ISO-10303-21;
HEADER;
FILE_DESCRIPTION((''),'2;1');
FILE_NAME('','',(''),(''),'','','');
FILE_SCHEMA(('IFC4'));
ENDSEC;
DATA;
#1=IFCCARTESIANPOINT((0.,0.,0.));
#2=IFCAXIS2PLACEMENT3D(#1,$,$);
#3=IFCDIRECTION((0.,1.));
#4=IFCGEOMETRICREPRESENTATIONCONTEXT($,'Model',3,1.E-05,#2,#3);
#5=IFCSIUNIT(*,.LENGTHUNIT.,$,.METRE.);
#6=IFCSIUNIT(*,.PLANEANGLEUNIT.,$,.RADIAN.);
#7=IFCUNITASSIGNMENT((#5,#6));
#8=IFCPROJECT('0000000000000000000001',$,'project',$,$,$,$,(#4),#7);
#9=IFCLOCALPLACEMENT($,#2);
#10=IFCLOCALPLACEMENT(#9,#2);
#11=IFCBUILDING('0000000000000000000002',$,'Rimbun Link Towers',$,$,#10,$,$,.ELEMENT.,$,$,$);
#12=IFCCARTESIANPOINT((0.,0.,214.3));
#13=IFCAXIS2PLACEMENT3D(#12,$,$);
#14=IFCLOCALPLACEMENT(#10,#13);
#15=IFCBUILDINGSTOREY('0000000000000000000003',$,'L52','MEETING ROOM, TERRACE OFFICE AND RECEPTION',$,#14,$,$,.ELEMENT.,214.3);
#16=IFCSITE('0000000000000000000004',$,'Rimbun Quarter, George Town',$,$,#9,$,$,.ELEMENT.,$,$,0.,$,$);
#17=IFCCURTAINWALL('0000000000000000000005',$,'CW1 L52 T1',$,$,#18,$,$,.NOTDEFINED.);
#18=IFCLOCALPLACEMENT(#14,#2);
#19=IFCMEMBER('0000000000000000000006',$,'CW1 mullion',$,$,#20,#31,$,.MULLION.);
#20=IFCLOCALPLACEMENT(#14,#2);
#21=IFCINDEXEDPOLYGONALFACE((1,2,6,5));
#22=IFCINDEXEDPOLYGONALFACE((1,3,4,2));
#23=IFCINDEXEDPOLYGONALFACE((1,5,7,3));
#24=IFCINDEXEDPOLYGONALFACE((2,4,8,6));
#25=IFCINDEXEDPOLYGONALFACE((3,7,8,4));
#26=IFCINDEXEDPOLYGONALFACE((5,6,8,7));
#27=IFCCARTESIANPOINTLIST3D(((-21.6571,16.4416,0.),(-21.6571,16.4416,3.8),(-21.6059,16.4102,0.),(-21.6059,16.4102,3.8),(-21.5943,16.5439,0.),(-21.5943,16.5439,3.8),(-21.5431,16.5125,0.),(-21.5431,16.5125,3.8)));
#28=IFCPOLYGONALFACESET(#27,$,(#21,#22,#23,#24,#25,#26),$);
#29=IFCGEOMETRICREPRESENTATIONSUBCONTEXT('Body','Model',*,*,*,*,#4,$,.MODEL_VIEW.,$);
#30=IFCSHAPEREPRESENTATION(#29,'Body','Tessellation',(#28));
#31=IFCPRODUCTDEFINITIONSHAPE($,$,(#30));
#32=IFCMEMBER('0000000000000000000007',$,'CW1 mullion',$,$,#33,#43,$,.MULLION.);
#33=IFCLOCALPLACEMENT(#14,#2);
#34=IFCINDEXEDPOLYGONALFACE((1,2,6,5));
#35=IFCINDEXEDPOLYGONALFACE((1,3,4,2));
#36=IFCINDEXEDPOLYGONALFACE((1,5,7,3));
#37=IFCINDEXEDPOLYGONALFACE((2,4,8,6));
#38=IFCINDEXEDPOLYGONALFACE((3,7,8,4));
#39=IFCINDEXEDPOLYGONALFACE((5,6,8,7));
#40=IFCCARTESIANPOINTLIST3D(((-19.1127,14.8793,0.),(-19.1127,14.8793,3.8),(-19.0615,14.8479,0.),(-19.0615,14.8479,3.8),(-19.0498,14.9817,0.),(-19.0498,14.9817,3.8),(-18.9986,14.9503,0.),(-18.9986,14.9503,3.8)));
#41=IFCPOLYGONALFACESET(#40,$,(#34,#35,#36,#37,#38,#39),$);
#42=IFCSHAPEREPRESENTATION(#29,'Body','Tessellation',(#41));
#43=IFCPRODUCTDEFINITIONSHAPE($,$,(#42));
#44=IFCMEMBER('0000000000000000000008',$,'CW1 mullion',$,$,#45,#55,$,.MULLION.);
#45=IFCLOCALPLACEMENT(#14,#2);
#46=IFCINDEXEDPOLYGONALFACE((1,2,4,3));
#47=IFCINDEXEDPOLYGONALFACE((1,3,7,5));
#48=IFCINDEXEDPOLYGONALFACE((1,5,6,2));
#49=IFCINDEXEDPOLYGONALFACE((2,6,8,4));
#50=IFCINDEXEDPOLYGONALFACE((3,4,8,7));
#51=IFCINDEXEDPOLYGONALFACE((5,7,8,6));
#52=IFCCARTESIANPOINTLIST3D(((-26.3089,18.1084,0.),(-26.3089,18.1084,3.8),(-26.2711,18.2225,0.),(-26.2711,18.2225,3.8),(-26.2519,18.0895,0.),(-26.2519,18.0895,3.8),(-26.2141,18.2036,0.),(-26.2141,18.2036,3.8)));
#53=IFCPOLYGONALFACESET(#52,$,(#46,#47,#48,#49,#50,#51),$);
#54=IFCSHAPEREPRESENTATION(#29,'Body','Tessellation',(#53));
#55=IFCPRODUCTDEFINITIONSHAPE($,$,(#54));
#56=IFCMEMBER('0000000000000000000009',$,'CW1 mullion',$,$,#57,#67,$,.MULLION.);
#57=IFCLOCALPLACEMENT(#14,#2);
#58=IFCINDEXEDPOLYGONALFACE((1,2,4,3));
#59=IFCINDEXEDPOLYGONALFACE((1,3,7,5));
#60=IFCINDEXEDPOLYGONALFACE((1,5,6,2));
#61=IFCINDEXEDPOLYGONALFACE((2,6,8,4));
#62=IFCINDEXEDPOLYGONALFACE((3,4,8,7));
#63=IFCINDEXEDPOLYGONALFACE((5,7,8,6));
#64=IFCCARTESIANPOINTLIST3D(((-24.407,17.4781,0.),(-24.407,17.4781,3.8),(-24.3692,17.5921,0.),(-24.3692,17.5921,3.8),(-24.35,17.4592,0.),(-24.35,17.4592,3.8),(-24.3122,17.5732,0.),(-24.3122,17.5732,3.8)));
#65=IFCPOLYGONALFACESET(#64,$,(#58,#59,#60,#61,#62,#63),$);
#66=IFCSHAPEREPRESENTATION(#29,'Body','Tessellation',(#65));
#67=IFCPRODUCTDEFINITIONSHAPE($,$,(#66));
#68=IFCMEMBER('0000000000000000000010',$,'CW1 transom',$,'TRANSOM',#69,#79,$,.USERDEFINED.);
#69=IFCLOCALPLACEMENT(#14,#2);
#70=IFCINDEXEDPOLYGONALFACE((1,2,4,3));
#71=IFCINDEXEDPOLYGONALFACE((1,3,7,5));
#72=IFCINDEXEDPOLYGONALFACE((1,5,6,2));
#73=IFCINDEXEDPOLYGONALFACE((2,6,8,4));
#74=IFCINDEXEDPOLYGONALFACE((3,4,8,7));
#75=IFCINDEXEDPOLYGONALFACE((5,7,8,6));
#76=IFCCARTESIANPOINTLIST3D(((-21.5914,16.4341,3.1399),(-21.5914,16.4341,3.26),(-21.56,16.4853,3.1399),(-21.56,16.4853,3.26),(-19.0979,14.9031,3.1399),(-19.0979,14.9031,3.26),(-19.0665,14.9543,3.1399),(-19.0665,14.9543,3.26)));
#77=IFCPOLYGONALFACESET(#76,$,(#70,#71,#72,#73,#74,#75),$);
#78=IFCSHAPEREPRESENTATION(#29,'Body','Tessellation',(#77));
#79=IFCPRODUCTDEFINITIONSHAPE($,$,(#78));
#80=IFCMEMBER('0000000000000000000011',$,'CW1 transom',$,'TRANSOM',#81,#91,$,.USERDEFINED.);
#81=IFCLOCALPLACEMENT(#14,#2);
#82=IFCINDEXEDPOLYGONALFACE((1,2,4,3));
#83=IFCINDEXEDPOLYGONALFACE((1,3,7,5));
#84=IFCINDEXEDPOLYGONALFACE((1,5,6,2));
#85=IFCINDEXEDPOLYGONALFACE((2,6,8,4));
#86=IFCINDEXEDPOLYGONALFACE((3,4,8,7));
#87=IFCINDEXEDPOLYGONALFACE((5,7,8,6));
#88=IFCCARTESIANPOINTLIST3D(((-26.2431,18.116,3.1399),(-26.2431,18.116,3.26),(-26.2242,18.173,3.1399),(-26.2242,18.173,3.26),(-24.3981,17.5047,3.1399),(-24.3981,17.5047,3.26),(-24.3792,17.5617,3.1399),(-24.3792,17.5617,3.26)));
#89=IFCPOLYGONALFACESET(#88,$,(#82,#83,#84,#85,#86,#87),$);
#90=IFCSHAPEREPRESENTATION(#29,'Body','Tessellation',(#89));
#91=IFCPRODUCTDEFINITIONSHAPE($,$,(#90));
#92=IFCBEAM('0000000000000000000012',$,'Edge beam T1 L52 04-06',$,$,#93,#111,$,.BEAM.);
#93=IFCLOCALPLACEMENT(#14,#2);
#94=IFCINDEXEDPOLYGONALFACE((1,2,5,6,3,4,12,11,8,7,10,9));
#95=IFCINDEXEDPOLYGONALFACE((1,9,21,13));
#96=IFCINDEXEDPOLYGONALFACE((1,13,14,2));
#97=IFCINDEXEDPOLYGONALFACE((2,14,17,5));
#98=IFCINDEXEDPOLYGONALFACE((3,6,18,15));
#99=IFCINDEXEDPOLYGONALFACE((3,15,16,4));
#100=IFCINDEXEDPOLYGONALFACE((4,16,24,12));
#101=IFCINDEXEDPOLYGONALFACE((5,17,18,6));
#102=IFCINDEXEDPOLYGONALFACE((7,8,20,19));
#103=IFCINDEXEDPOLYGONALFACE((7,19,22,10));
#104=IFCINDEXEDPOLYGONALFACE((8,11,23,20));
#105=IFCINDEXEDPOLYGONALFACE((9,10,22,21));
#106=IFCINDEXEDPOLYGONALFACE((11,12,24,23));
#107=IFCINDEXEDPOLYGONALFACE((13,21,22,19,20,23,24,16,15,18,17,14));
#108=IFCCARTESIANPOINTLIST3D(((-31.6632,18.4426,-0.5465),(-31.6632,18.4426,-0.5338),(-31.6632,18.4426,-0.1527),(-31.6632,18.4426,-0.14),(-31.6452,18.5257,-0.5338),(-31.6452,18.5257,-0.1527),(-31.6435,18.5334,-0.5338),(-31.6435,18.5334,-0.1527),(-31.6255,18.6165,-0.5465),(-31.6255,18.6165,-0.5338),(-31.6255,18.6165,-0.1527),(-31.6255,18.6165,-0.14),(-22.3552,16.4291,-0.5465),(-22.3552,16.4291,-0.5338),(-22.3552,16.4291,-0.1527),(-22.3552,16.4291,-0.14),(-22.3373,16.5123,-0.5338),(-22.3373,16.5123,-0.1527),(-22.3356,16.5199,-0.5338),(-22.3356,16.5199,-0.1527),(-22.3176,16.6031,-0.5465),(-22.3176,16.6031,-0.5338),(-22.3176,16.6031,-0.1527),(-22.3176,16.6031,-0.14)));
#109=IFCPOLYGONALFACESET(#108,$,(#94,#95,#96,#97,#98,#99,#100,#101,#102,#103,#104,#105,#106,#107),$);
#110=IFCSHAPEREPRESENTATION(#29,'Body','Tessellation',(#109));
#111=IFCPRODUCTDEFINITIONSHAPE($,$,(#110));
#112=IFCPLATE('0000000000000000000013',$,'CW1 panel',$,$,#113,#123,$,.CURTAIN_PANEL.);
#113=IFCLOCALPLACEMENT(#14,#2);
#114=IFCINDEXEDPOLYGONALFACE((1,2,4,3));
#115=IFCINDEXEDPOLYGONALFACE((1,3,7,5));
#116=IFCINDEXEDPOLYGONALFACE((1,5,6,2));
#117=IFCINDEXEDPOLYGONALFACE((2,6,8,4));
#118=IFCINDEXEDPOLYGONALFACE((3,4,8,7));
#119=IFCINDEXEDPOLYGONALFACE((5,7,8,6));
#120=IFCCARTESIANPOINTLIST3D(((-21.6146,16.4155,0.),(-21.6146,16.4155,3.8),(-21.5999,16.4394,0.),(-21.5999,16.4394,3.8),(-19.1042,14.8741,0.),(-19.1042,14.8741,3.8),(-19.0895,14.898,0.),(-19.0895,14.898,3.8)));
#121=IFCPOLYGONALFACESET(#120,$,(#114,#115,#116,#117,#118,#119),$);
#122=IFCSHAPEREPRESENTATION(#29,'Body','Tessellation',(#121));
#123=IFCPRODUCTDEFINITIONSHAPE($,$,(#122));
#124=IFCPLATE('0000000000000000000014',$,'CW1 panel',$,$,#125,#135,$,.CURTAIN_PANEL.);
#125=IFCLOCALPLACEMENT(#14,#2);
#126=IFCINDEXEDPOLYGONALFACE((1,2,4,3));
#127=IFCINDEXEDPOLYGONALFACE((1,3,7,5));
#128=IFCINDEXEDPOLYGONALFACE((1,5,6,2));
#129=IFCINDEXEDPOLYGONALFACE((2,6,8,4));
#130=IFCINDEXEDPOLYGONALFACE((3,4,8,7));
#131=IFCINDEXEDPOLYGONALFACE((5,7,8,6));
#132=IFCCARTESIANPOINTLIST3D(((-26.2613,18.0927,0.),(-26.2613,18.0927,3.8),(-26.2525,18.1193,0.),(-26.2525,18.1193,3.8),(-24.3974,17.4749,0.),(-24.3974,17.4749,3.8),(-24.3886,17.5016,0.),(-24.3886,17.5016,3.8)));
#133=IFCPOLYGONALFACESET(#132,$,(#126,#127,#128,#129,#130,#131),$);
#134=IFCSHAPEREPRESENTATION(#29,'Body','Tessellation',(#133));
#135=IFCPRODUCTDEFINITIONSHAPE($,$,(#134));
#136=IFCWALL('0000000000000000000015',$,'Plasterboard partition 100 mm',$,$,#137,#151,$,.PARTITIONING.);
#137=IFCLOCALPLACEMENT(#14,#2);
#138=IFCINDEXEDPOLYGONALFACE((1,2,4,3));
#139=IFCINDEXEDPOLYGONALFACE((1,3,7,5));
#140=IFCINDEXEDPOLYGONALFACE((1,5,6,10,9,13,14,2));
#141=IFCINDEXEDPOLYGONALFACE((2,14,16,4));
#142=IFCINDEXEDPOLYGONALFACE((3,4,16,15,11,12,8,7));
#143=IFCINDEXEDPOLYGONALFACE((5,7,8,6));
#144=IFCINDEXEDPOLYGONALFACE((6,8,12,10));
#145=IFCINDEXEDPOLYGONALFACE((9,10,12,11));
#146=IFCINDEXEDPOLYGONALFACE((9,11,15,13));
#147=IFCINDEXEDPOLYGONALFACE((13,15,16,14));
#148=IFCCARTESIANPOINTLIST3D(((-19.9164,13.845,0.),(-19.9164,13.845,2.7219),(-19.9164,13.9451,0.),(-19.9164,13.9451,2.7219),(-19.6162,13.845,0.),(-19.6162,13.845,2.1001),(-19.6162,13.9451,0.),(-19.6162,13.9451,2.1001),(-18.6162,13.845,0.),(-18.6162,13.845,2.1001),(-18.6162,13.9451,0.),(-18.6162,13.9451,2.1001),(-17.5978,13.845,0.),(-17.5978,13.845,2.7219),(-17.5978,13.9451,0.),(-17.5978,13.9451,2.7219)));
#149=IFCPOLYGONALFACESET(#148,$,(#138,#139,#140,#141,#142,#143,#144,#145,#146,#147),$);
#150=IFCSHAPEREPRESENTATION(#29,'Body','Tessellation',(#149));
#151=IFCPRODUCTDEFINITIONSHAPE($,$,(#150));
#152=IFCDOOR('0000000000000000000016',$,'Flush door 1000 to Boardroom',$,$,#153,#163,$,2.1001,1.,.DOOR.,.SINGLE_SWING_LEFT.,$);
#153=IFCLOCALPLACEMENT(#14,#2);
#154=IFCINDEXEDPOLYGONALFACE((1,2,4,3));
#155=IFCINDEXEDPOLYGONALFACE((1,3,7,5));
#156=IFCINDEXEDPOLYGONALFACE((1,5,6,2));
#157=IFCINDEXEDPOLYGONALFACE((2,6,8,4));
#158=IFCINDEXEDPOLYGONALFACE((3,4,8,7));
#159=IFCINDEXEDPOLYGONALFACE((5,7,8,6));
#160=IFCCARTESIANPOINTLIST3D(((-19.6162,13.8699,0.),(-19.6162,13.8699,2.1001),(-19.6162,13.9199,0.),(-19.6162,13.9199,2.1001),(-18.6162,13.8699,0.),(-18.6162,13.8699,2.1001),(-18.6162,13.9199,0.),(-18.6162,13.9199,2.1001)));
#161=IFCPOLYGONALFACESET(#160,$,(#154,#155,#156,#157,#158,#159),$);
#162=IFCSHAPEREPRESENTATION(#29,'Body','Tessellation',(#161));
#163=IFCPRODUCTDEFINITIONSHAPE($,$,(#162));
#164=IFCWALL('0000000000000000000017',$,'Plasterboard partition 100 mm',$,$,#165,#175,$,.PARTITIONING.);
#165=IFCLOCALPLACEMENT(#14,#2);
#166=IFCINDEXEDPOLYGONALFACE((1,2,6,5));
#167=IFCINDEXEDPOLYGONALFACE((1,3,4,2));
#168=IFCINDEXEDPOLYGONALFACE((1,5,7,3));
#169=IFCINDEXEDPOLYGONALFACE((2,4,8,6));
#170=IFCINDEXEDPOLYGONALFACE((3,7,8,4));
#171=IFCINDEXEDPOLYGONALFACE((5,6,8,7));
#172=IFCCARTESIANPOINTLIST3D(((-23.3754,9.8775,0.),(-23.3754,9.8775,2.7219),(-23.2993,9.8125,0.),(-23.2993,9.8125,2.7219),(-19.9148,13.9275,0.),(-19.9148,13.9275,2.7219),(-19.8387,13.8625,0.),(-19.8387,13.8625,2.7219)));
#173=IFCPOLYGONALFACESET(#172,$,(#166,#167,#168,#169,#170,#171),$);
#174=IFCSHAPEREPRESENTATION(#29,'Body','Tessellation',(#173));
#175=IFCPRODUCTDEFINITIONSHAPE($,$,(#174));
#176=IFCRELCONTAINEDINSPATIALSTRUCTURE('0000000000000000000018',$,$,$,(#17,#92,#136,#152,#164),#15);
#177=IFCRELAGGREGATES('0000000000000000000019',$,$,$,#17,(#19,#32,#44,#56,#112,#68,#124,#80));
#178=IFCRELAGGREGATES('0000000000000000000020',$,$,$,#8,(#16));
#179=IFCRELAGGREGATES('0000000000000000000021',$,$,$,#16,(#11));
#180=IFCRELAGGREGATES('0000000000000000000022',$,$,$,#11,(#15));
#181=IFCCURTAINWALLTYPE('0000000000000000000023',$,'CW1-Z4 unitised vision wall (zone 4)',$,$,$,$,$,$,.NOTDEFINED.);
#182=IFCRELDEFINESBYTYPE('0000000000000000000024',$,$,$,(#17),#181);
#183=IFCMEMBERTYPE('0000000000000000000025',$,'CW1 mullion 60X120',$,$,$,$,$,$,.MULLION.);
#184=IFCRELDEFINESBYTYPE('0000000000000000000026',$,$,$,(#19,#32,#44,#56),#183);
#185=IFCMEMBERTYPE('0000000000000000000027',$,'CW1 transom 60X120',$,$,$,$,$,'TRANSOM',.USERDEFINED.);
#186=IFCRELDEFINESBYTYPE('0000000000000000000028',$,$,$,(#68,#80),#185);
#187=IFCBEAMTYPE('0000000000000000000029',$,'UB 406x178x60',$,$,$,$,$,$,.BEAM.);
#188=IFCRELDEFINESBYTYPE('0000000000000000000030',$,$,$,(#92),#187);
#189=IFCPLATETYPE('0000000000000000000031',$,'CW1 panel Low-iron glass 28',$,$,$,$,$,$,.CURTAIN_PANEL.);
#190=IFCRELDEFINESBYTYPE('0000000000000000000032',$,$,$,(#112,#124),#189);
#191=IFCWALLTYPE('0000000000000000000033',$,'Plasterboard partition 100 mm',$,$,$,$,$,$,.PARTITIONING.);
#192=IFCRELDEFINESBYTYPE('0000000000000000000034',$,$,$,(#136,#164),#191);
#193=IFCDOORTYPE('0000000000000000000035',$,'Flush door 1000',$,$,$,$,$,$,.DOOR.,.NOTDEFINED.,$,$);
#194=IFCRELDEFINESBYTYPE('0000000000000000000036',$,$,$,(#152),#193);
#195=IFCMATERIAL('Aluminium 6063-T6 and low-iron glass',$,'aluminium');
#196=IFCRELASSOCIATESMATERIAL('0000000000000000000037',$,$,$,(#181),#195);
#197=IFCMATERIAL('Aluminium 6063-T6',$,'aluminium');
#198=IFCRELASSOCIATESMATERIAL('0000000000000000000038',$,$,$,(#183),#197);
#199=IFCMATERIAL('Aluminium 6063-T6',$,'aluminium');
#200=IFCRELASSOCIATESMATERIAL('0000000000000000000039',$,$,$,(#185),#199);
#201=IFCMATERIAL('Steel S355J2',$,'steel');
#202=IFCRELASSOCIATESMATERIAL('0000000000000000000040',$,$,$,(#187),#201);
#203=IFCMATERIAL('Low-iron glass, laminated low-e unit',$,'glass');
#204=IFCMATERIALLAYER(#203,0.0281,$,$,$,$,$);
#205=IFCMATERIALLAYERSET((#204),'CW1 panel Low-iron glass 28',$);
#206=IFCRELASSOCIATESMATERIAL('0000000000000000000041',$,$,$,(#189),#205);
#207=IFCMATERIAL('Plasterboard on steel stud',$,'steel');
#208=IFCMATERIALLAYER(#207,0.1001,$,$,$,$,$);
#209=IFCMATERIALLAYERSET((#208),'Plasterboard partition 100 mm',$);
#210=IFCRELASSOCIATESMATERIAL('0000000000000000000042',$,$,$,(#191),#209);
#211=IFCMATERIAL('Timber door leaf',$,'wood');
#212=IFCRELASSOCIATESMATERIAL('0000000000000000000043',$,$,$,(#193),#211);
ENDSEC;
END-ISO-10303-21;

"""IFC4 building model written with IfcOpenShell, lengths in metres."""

from ifc_helpers import new_model, si_unit, direction, frame, frame_2d, origin, origin_2d, place, context, subcontext, project, spatial, rectangle, i_section, extrude, material, layer, layer_set, material_profile, profile_set, type_object, element, fill, aggregate, save


model = new_model("IFC4")

# Units and contexts
model_context = context("Model", 3, precision=1e-05, world=origin(), true_north=direction((0.0, 1.0)))
body_context = subcontext(model_context, "Body", "Model", "MODEL_VIEW")
ifc_project = project(units=[si_unit("LENGTHUNIT", "METRE"), si_unit("PLANEANGLEUNIT", "RADIAN")], contexts=[model_context])

# Site, building, storey
site_placement = place(None, origin())
site = spatial("IfcSite", under=ifc_project, at=site_placement, Name="Rimbun Quarter, George Town", CompositionType="ELEMENT", RefElevation=0.0)
building_placement = place(site_placement, origin())
building = spatial("IfcBuilding", under=site, at=building_placement, Name="Rimbun Link Towers", CompositionType="ELEMENT")
storey_placement = place(building_placement, frame((0.0, 0.0, 214.3)))
storey = spatial("IfcBuildingStorey", under=building, at=storey_placement, Name="L52", Description="MEETING ROOM, TERRACE OFFICE AND RECEPTION", CompositionType="ELEMENT", Elevation=214.3)

# Curtain wall, members
ifc_material_1 = material(Name="Aluminium 6063-T6 and low-iron glass", Category="aluminium")
curtain_wall_type = type_object("IfcCurtainWallType", Name="CW1-Z4 unitised vision wall (zone 4)", PredefinedType="NOTDEFINED", material=ifc_material_1)
curtain_wall_placement = place(storey_placement, origin())
curtain_wall = element("IfcCurtainWall", 1, at=curtain_wall_placement, inside=storey, type_object=curtain_wall_type, Name="CW1 L52 T1", PredefinedType="NOTDEFINED")
ifc_material_2 = material(Name="Aluminium 6063-T6", Category="aluminium")
ifc_material_profile_1 = material_profile(ifc_material_2, rectangle(XDim=0.1201, YDim=0.0601, at=origin_2d()), Name="MULLION 60X120")
ifc_profile_set_1 = profile_set([ifc_material_profile_1], Name="Aluminium 6063-T6")
member_type_1 = type_object("IfcMemberType", Name="CW1 mullion 60X120", PredefinedType="MULLION", material=ifc_profile_set_1)
member_1_placement = place(storey_placement, frame((-21.6001, 16.4771, 0.0), z_axis=(0.0, 0.0, 1.0), x_axis=(0.523242, 0.852184, 0.0)))
member_1 = element("IfcMember", 2, at=member_1_placement, type_object=member_type_1, Name="CW1 mullion", PredefinedType="MULLION", context=body_context, shape_type="SweptSolid", body=[
    extrude(rectangle(XDim=0.1201, YDim=0.0601, at=origin_2d()), origin(), (0.0, 0.0, 1.0), 3.8),
])
member_2_placement = place(storey_placement, frame((-19.0557, 14.9148, 0.0), z_axis=(0.0, 0.0, 1.0), x_axis=(0.523242, 0.852184, 0.0)))
member_2 = element("IfcMember", 3, at=member_2_placement, type_object=member_type_1, Name="CW1 mullion", PredefinedType="MULLION", context=body_context, shape_type="SweptSolid", body=[
    extrude(rectangle(XDim=0.1201, YDim=0.0601, at=origin_2d()), origin(), (0.0, 0.0, 1.0), 3.8),
])
member_3_placement = place(storey_placement, frame((-26.2615, 18.156, 0.0), z_axis=(0.0, 0.0, 1.0), x_axis=(0.314578, 0.949231, 0.0)))
member_3 = element("IfcMember", 4, at=member_3_placement, type_object=member_type_1, Name="CW1 mullion", PredefinedType="MULLION", context=body_context, shape_type="SweptSolid", body=[
    extrude(rectangle(XDim=0.1201, YDim=0.0601, at=origin_2d()), origin(), (0.0, 0.0, 1.0), 3.8),
])
member_4_placement = place(storey_placement, frame((-24.3596, 17.5256, 0.0), z_axis=(0.0, 0.0, 1.0), x_axis=(0.314578, 0.949231, 0.0)))
member_4 = element("IfcMember", 5, at=member_4_placement, type_object=member_type_1, Name="CW1 mullion", PredefinedType="MULLION", context=body_context, shape_type="SweptSolid", body=[
    extrude(rectangle(XDim=0.1201, YDim=0.0601, at=origin_2d()), origin(), (0.0, 0.0, 1.0), 3.8),
])
ifc_material_3 = material(Name="Aluminium 6063-T6", Category="aluminium")
ifc_material_profile_2 = material_profile(ifc_material_3, rectangle(XDim=0.0601, YDim=0.1201, at=origin_2d()), Name="TRANSOM 60X120")
ifc_profile_set_2 = profile_set([ifc_material_profile_2], Name="Aluminium 6063-T6")
member_type_2 = type_object("IfcMemberType", Name="CW1 transom 60X120", ElementType="TRANSOM", PredefinedType="USERDEFINED", material=ifc_profile_set_2)
member_5_placement = place(storey_placement, frame((-21.5757, 16.4597, 3.2), z_axis=(0.852176, -0.523255, 0.0), x_axis=(0.523255, 0.852176, 0.0)))
member_5 = element("IfcMember", 6, at=member_5_placement, type_object=member_type_2, Name="CW1 transom", ObjectType="TRANSOM", PredefinedType="USERDEFINED", context=body_context, shape_type="SweptSolid", body=[
    extrude(rectangle(XDim=0.0601, YDim=0.1201, at=origin_2d()), origin(), (0.0, 0.0, 1.0), 2.926),
])
member_6_placement = place(storey_placement, frame((-26.2336, 18.1445, 3.2), z_axis=(0.949247, -0.314532, 0.0), x_axis=(0.314532, 0.949247, 0.0)))
member_6 = element("IfcMember", 7, at=member_6_placement, type_object=member_type_2, Name="CW1 transom", ObjectType="TRANSOM", PredefinedType="USERDEFINED", context=body_context, shape_type="SweptSolid", body=[
    extrude(rectangle(XDim=0.0601, YDim=0.1201, at=origin_2d()), origin(), (0.0, 0.0, 1.0), 1.9436),
])

# Beam
ifc_material_4 = material(Name="Steel S355J2", Category="steel")
ifc_material_profile_3 = material_profile(ifc_material_4, i_section(OverallWidth=0.178, OverallDepth=0.4065, WebThickness=0.0078, FlangeThickness=0.0127, at=origin_2d()), Name="UB 406x178x60")
ifc_profile_set_3 = profile_set([ifc_material_profile_3], Name="Steel S355J2")
beam_type = type_object("IfcBeamType", Name="UB 406x178x60", PredefinedType="BEAM", material=ifc_profile_set_3)
beam_placement = place(storey_placement, frame((-22.3364, 16.5161, -0.3433), z_axis=(-0.977394, 0.211425, 0.0), x_axis=(-0.211425, -0.977394, 0.0)))
element("IfcBeam", 8, at=beam_placement, inside=storey, type_object=beam_type, Name="Edge beam T1 L52 04-06", PredefinedType="BEAM", context=body_context, shape_type="SweptSolid", body=[
    extrude(i_section(OverallWidth=0.178, OverallDepth=0.4065, WebThickness=0.0078, FlangeThickness=0.0127, at=origin_2d()), origin(), (0.0, 0.0, 1.0), 9.5232),
])

# Plates
ifc_material_5 = material(Name="Low-iron glass, laminated low-e unit", Category="glass")
ifc_layer_1 = layer(ifc_material_5, 0.0281)
ifc_layer_set_1 = layer_set([ifc_layer_1], Name="CW1 panel Low-iron glass 28")
plate_type = type_object("IfcPlateType", Name="CW1 panel Low-iron glass 28", PredefinedType="CURTAIN_PANEL", material=ifc_layer_set_1)
plate_1_placement = place(storey_placement, frame((-20.3521, 15.6567, 0.0), z_axis=(0.0, 0.0, 1.0), x_axis=(0.852184, -0.523242, 0.0)))
plate_1 = element("IfcPlate", 9, at=plate_1_placement, type_object=plate_type, Name="CW1 panel", PredefinedType="CURTAIN_PANEL", context=body_context, shape_type="SweptSolid", body=[
    extrude(rectangle(XDim=2.9458, YDim=0.0281, at=origin_2d()), origin(), (0.0, 0.0, 1.0), 3.8),
])
plate_2_placement = place(storey_placement, frame((-25.325, 17.7971, 0.0), z_axis=(0.0, 0.0, 1.0), x_axis=(0.949231, -0.314578, 0.0)))
plate_2 = element("IfcPlate", 10, at=plate_2_placement, type_object=plate_type, Name="CW1 panel", PredefinedType="CURTAIN_PANEL", context=body_context, shape_type="SweptSolid", body=[
    extrude(rectangle(XDim=1.9636, YDim=0.0281, at=origin_2d()), origin(), (0.0, 0.0, 1.0), 3.8),
])
aggregate(curtain_wall, [member_1, member_2, member_3, member_4, plate_1, member_5, plate_2, member_6])

# Wall, opening, door
ifc_material_6 = material(Name="Plasterboard on steel stud", Category="steel")
ifc_layer_2 = layer(ifc_material_6, 0.1001)
ifc_layer_set_2 = layer_set([ifc_layer_2], Name="Plasterboard partition 100 mm")
wall_type = type_object("IfcWallType", Name="Plasterboard partition 100 mm", PredefinedType="PARTITIONING", material=ifc_layer_set_2)
wall_1_placement = place(storey_placement, frame((-19.9163, 13.895, 0.0), z_axis=(0.0, 0.0, 1.0), x_axis=(1.0, 0.0, 0.0)))
wall_1 = element("IfcWall", 11, at=wall_1_placement, inside=storey, type_object=wall_type, Name="Plasterboard partition 100 mm", PredefinedType="PARTITIONING", context=body_context, shape_type="SweptSolid", body=[
    extrude(rectangle(XDim=2.3186, YDim=0.1001, at=frame_2d((1.1592, 0.0))), origin(), (0.0, 0.0, 1.0), 2.7219),
])
opening_1_placement = place(wall_1_placement, frame((0.3, 0.0, 0.0)))
opening_1 = element("IfcOpeningElement", 12, at=opening_1_placement, cuts=wall_1, PredefinedType="OPENING", context=body_context, shape_type="SweptSolid", body=[
    extrude(rectangle(XDim=1.0, YDim=2.1001, at=frame_2d((0.5, 1.05))), frame((0.0, 0.0601, 0.0), z_axis=(0.0, -1.0, 0.0), x_axis=(1.0, 0.0, 0.0)), (0.0, 0.0, 1.0), 0.1201),
])
ifc_material_7 = material(Name="Timber door leaf", Category="wood")
door_type_1 = type_object("IfcDoorType", Name="Flush door 1000", OperationType="NOTDEFINED", PredefinedType="DOOR", material=ifc_material_7)
door_1_placement = place(opening_1_placement, origin())
door_1 = element("IfcDoor", 13, at=door_1_placement, inside=storey, type_object=door_type_1, Name="Flush door 1000 to Boardroom", OperationType="SINGLE_SWING_LEFT", OverallHeight=2.1001, OverallWidth=1.0, PredefinedType="DOOR", context=body_context, shape_type="SweptSolid", body=[
    extrude(rectangle(XDim=1.0, YDim=2.1001, at=frame_2d((0.5, 1.05))), frame((0.0, 0.0249, 0.0), z_axis=(0.0, -1.0, 0.0), x_axis=(1.0, 0.0, 0.0)), (0.0, 0.0, 1.0), 0.05),
])
fill(opening_1, door_1)

# Wall
wall_2_placement = place(storey_placement, frame((-19.8767, 13.895, 0.0), z_axis=(0.0, 0.0, 1.0), x_axis=(-0.649624, -0.760255, 0.0)))
element("IfcWall", 14, at=wall_2_placement, inside=storey, type_object=wall_type, Name="Plasterboard partition 100 mm", PredefinedType="PARTITIONING", context=body_context, shape_type="SweptSolid", body=[
    extrude(rectangle(XDim=5.3271, YDim=0.1001, at=frame_2d((2.6636, 0.0))), origin(), (0.0, 0.0, 1.0), 2.7219),
])

save(model, "model.ifc")
